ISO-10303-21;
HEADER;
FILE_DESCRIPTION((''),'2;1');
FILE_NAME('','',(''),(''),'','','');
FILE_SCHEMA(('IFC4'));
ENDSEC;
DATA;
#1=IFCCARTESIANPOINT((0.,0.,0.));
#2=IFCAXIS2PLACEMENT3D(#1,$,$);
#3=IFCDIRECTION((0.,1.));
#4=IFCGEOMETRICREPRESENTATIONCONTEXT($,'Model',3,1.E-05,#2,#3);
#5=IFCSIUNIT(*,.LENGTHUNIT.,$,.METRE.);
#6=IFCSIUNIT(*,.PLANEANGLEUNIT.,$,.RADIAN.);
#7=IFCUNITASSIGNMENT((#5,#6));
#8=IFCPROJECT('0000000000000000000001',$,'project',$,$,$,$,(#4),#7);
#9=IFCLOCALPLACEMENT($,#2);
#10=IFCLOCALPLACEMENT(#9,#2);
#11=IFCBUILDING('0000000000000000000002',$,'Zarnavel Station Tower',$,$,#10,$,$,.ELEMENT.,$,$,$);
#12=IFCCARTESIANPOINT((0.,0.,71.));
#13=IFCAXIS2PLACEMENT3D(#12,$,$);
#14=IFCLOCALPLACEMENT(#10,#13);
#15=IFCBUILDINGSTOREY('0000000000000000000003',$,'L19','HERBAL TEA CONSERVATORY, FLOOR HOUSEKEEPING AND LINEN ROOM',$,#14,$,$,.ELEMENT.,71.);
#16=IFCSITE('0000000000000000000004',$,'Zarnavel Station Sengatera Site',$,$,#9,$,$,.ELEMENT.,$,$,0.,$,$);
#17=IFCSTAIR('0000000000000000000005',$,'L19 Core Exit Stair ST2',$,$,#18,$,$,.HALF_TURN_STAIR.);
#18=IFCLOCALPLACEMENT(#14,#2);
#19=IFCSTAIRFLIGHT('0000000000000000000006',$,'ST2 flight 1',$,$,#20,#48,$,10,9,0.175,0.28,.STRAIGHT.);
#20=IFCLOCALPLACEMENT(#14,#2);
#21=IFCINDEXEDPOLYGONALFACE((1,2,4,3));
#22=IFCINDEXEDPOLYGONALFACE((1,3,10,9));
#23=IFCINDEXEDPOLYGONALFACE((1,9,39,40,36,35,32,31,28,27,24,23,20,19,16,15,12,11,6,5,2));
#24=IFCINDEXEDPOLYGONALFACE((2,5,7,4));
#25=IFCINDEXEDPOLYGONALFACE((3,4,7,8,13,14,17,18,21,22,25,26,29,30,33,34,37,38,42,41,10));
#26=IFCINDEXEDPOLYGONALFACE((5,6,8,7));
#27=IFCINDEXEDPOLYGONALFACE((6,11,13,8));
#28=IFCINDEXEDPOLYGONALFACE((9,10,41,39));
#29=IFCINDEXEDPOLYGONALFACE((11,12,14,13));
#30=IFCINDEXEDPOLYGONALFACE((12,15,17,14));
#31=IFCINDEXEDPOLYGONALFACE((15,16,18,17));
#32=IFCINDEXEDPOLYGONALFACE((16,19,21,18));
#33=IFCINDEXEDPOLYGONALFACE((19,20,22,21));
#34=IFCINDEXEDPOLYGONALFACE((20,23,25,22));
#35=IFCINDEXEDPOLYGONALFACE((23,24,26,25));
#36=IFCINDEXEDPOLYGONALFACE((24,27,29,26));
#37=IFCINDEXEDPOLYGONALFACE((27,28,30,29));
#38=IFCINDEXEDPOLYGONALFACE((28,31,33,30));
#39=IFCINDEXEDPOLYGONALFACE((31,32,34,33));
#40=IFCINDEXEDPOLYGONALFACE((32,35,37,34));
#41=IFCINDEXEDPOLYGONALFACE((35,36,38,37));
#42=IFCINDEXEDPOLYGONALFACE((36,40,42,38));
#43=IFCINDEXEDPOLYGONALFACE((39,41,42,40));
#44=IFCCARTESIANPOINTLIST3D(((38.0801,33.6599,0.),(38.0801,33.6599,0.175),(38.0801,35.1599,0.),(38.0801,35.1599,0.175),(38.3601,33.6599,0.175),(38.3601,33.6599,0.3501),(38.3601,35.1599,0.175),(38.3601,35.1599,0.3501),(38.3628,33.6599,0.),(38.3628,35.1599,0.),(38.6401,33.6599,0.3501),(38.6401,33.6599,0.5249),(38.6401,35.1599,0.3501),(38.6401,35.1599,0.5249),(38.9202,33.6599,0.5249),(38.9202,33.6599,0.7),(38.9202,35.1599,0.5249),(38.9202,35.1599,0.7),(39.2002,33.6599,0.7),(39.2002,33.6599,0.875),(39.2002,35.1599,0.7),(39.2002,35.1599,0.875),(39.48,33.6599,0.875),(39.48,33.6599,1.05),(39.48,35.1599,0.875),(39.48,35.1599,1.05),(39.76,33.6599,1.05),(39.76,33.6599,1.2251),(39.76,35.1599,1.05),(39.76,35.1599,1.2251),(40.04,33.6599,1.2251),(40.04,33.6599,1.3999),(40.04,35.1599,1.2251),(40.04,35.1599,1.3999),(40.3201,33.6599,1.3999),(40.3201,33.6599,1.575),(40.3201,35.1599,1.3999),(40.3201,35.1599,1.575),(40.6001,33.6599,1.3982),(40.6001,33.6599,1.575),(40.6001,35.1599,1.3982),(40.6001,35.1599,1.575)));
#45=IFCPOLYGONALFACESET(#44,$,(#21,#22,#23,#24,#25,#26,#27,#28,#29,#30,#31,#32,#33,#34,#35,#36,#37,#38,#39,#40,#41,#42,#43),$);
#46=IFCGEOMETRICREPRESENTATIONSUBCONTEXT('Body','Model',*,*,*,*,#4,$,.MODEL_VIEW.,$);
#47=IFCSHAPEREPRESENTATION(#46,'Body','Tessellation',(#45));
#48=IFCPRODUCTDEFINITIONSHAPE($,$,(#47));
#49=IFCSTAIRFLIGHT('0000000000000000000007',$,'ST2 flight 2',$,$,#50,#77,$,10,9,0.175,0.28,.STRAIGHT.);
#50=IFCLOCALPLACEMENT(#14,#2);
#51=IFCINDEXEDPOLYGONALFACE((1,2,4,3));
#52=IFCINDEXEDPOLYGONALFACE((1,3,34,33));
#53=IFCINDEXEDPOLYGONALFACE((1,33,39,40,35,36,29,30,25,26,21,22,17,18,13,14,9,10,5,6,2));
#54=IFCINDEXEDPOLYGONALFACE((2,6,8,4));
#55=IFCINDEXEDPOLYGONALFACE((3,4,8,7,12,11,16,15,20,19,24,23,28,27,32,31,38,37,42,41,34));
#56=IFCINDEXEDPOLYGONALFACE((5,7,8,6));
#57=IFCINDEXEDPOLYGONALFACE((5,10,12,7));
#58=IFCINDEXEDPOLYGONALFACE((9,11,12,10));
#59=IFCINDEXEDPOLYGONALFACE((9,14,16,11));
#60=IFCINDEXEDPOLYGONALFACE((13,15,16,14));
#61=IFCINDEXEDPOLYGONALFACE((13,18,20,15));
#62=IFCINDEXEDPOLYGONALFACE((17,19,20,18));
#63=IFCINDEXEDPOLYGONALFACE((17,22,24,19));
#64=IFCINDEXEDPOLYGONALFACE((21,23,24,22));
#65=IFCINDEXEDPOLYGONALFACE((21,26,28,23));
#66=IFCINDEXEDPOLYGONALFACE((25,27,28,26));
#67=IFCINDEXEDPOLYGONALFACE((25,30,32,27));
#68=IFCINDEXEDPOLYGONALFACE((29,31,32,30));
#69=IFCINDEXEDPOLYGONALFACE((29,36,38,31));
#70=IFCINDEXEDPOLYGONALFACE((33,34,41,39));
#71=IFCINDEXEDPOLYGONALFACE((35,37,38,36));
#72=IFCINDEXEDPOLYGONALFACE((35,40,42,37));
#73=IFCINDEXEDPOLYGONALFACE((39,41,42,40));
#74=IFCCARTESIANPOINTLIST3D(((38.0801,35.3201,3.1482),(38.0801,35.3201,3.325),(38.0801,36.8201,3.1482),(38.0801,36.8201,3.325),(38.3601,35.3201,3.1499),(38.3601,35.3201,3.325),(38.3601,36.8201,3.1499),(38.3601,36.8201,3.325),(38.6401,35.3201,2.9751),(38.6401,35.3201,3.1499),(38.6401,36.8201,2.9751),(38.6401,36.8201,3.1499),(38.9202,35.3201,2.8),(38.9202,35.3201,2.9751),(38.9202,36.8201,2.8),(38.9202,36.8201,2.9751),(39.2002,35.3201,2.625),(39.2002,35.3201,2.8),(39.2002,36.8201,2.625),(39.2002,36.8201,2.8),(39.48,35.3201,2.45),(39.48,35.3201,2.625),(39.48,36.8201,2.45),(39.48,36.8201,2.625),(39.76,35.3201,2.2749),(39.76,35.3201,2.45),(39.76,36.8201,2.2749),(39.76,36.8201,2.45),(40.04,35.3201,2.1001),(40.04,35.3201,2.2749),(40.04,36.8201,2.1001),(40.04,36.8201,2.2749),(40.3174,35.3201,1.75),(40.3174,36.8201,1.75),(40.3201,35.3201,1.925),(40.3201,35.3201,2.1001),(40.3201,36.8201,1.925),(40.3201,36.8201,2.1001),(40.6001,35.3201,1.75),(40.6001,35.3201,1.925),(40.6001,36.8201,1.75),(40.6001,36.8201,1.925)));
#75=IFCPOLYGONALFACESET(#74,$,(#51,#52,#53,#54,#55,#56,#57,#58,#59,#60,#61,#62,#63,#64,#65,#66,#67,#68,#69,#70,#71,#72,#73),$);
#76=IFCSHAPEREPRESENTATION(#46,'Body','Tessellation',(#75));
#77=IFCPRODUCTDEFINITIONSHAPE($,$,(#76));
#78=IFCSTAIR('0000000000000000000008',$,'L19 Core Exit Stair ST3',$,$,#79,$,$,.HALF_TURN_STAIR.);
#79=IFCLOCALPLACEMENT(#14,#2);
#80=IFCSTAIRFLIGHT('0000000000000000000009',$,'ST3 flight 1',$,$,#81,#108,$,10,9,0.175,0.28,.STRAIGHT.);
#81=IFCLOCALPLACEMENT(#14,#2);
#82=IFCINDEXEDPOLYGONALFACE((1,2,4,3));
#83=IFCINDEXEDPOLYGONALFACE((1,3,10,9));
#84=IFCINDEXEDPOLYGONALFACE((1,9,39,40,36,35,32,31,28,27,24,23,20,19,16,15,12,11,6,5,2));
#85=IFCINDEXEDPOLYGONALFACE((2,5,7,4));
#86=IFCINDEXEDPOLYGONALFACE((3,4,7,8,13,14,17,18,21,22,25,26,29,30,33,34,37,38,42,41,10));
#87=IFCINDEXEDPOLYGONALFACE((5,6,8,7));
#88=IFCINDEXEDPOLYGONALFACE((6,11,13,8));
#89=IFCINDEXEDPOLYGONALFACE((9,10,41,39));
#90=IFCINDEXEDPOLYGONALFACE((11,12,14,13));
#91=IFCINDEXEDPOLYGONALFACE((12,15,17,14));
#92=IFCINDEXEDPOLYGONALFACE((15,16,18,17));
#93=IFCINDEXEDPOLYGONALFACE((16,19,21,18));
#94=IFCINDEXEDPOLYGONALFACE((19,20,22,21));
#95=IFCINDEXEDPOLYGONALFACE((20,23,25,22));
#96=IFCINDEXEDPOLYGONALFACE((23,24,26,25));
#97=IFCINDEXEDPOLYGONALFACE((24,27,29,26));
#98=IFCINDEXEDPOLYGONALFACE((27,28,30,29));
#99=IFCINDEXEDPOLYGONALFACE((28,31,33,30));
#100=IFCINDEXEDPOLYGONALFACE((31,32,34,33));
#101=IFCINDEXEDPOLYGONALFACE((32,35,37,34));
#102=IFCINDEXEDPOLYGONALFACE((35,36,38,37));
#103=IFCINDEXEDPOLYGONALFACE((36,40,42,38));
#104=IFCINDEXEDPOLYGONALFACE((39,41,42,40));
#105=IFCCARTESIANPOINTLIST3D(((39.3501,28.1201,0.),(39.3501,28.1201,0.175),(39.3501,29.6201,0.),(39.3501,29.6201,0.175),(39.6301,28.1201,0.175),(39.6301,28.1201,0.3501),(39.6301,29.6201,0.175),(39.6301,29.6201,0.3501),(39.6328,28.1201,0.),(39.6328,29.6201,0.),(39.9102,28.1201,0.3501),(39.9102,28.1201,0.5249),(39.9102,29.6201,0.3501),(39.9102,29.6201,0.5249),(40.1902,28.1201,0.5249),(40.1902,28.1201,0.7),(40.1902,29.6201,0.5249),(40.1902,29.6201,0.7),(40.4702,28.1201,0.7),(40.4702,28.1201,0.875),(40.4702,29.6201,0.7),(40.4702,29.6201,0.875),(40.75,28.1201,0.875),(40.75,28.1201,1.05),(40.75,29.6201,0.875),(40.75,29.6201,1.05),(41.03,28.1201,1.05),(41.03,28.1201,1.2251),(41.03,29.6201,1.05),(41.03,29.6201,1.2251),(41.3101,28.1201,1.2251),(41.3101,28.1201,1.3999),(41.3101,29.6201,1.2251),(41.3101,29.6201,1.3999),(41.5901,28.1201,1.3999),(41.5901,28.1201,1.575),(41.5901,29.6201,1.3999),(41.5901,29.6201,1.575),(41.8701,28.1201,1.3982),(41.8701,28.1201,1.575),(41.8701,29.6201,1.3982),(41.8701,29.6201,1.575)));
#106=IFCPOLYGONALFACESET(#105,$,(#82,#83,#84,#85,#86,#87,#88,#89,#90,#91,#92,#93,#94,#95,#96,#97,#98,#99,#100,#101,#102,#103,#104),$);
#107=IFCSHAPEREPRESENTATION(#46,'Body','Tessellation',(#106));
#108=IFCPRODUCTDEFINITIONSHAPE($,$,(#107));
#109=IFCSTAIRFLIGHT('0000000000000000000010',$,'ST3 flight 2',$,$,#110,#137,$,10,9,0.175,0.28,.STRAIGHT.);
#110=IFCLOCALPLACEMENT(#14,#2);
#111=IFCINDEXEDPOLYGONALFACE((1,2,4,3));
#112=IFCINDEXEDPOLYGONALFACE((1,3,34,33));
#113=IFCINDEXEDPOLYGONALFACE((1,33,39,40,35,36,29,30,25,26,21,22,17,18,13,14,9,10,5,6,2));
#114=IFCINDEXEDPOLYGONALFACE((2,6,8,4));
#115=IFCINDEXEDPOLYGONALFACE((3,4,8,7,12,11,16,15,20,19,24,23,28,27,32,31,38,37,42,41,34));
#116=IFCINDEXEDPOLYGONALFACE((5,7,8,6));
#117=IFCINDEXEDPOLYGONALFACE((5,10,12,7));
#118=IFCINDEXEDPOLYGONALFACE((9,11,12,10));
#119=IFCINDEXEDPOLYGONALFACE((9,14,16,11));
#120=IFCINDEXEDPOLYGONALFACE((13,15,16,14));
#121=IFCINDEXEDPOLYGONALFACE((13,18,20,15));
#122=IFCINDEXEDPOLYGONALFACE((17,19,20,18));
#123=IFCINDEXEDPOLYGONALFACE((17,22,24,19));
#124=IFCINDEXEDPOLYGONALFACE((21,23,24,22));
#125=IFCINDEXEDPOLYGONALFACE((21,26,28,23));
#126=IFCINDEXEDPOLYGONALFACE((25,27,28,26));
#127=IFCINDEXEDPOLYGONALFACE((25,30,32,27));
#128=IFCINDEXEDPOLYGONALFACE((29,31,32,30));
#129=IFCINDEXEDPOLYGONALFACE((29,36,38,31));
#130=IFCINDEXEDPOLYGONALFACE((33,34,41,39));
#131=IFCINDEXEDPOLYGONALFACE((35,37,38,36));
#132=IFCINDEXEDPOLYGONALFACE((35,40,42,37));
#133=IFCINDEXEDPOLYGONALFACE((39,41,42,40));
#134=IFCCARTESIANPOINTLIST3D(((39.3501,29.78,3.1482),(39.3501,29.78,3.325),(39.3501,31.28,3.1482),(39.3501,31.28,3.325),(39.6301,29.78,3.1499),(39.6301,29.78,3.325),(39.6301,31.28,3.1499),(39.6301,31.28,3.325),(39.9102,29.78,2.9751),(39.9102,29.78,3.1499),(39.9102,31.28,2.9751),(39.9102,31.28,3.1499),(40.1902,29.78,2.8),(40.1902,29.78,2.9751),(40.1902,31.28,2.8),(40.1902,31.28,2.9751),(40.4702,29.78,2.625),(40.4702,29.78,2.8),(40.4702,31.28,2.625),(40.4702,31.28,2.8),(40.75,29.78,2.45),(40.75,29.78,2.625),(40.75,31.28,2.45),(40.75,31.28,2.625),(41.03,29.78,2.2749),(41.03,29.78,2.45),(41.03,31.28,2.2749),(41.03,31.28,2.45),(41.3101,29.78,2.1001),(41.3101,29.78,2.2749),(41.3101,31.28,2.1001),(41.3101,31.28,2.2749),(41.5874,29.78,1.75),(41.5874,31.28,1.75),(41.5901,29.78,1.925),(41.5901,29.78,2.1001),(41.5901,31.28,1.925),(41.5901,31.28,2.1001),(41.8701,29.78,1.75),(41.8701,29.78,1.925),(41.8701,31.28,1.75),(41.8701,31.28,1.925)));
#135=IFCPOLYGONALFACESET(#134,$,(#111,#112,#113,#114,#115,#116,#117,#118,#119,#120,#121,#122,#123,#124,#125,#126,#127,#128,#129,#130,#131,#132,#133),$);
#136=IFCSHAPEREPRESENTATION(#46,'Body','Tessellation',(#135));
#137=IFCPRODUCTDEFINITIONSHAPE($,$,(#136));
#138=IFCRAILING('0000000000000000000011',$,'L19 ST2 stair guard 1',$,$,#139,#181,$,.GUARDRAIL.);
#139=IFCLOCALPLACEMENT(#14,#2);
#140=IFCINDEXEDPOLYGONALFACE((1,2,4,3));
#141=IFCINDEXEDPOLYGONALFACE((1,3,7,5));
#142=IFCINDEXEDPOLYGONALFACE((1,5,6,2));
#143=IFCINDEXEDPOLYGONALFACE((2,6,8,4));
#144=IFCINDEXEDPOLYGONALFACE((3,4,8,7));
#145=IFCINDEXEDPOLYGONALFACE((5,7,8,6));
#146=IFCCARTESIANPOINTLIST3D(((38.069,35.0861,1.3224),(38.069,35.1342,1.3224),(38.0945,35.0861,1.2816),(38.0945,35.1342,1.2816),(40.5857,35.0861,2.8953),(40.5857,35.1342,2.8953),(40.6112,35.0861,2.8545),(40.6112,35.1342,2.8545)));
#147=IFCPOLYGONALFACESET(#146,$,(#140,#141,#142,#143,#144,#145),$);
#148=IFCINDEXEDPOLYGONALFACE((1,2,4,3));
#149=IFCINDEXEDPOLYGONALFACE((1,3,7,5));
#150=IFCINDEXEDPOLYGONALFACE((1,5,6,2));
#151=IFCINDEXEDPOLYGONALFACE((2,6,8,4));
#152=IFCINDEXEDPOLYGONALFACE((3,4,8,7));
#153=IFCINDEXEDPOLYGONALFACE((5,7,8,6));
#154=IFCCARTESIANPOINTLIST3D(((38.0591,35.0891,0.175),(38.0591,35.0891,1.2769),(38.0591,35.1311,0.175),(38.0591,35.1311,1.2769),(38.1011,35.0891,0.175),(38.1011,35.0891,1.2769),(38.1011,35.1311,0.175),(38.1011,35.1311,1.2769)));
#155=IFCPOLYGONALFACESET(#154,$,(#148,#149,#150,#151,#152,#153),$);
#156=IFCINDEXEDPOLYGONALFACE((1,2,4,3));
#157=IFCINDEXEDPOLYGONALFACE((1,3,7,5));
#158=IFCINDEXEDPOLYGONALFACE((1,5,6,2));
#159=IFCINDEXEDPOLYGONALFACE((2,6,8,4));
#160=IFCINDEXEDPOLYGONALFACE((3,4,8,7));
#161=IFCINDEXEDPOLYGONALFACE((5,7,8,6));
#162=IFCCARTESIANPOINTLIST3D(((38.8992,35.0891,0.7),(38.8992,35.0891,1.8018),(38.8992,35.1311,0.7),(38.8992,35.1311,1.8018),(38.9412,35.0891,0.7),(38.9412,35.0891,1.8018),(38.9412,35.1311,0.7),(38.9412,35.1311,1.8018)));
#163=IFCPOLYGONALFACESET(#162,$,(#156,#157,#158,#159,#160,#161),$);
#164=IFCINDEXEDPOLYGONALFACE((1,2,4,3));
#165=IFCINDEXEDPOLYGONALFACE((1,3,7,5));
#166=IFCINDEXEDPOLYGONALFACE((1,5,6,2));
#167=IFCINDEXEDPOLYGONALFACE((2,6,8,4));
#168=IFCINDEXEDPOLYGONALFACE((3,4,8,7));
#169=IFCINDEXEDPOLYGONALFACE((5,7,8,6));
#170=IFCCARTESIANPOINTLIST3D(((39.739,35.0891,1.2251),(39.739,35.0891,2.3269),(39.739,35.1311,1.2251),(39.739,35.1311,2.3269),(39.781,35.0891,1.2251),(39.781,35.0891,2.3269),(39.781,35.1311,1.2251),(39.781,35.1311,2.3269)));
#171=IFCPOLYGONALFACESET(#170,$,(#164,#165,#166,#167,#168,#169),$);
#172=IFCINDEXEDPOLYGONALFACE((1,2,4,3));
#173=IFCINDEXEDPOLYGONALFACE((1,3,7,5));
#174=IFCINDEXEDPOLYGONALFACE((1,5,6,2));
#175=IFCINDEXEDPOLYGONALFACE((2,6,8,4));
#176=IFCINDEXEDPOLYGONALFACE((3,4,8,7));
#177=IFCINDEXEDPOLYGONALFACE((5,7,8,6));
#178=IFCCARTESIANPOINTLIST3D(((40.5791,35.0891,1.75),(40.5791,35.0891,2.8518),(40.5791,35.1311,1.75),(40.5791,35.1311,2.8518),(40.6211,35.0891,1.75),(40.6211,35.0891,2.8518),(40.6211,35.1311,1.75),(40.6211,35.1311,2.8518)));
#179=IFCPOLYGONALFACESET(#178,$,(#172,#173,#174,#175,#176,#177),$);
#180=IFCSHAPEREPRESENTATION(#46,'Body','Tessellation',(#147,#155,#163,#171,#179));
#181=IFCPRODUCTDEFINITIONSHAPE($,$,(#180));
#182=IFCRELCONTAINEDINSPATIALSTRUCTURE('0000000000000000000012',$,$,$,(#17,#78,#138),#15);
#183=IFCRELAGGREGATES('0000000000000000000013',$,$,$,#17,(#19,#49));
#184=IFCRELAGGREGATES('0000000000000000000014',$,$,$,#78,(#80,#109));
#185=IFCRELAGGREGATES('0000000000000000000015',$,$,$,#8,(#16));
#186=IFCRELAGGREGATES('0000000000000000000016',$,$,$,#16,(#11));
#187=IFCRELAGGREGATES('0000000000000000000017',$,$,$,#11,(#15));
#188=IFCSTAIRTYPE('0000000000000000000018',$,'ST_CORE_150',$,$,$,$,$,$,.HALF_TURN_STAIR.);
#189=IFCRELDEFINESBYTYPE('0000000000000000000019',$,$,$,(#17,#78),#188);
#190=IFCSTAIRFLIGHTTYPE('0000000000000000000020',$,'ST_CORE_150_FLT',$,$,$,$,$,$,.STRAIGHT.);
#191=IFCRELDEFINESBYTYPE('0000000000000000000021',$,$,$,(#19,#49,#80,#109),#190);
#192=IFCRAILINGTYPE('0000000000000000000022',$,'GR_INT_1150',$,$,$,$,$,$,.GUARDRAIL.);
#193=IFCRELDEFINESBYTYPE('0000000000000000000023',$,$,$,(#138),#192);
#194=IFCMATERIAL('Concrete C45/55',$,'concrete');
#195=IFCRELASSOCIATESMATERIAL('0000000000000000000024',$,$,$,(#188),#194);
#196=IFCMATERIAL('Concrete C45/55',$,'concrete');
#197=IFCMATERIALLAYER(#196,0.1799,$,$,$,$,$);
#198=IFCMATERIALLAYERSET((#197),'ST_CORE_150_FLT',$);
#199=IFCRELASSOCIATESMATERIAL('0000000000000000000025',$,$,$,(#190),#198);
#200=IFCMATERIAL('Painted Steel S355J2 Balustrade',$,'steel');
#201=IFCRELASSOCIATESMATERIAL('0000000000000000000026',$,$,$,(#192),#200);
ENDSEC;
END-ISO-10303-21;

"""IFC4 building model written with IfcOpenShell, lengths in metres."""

from ifc_helpers import new_model, si_unit, direction, frame, origin, origin_2d, place, context, subcontext, project, spatial, polyline, rectangle, outline, extrude, material, layer, layer_set, type_object, element, aggregate, save


model = new_model("IFC4")

# Units and contexts
model_context = context("Model", 3, precision=1e-05, world=origin(), true_north=direction((0.0, 1.0)))
body_context = subcontext(model_context, "Body", "Model", "MODEL_VIEW")
ifc_project = project(units=[si_unit("LENGTHUNIT", "METRE"), si_unit("PLANEANGLEUNIT", "RADIAN")], contexts=[model_context])

# Site, building, storey
site_placement = place(None, origin())
site = spatial("IfcSite", under=ifc_project, at=site_placement, Name="Zarnavel Station Sengatera Site", CompositionType="ELEMENT", RefElevation=0.0)
building_placement = place(site_placement, origin())
building = spatial("IfcBuilding", under=site, at=building_placement, Name="Zarnavel Station Tower", CompositionType="ELEMENT")
storey_placement = place(building_placement, frame((0.0, 0.0, 71.0)))
storey = spatial("IfcBuildingStorey", under=building, at=storey_placement, Name="L19", Description="HERBAL TEA CONSERVATORY, FLOOR HOUSEKEEPING AND LINEN ROOM", CompositionType="ELEMENT", Elevation=71.0)

# Stairs, stair flights
ifc_material_1 = material(Name="Concrete C45/55", Category="concrete")
stair_type = type_object("IfcStairType", Name="ST_CORE_150", PredefinedType="HALF_TURN_STAIR", material=ifc_material_1)
stair_1_placement = place(storey_placement, origin())
stair_1 = element("IfcStair", 1, at=stair_1_placement, inside=storey, type_object=stair_type, Name="L19 Core Exit Stair ST2", PredefinedType="HALF_TURN_STAIR")
ifc_material_2 = material(Name="Concrete C45/55", Category="concrete")
ifc_layer_1 = layer(ifc_material_2, 0.1799)
ifc_layer_set_1 = layer_set([ifc_layer_1], Name="ST_CORE_150_FLT")
stair_flight_type = type_object("IfcStairFlightType", Name="ST_CORE_150_FLT", PredefinedType="STRAIGHT", material=ifc_layer_set_1)
stair_flight_1_placement = place(storey_placement, frame((38.0801, 34.4099, 0.0), z_axis=(0.0, 0.0, 1.0), x_axis=(1.0, 0.0, 0.0)))
stair_flight_1 = element("IfcStairFlight", 2, at=stair_flight_1_placement, type_object=stair_flight_type, Name="ST2 flight 1", NumberOfRisers=10, NumberOfTreads=9, PredefinedType="STRAIGHT", RiserHeight=0.175, TreadLength=0.28, context=body_context, shape_type="SweptSolid", body=[
    extrude(outline(polyline([(0.0, 0.0), (0.0, 0.175), (0.28, 0.175), (0.28, 0.3501), (0.5601, 0.3501), (0.5601, 0.5249), (0.8401, 0.5249), (0.8401, 0.7), (1.1201, 0.7), (1.1201, 0.875), (1.3999, 0.875), (1.3999, 1.05), (1.6799, 1.05), (1.6799, 1.2251), (1.96, 1.2251), (1.96, 1.3999), (2.24, 1.3999), (2.24, 1.575), (2.52, 1.575), (2.52, 1.75), (2.52, 1.3982), (0.2827, 0.0), (0.0, 0.0)])), frame((0.0, 0.75, 0.0), z_axis=(0.0, -1.0, 0.0), x_axis=(1.0, 0.0, 0.0)), (0.0, 0.0, 1.0), 1.5),
])
stair_flight_2_placement = place(storey_placement, frame((40.6001, 36.0701, 1.75), z_axis=(0.0, 0.0, 1.0), x_axis=(-1.0, 0.0, 0.0)))
stair_flight_2 = element("IfcStairFlight", 3, at=stair_flight_2_placement, type_object=stair_flight_type, Name="ST2 flight 2", NumberOfRisers=10, NumberOfTreads=9, PredefinedType="STRAIGHT", RiserHeight=0.175, TreadLength=0.28, context=body_context, shape_type="SweptSolid", body=[
    extrude(outline(polyline([(0.0, 0.0), (0.0, 0.175), (0.28, 0.175), (0.28, 0.3501), (0.5601, 0.3501), (0.5601, 0.5249), (0.8401, 0.5249), (0.8401, 0.7), (1.1201, 0.7), (1.1201, 0.875), (1.3999, 0.875), (1.3999, 1.05), (1.6799, 1.05), (1.6799, 1.2251), (1.96, 1.2251), (1.96, 1.3999), (2.24, 1.3999), (2.24, 1.575), (2.52, 1.575), (2.52, 1.75), (2.52, 1.3982), (0.2827, 0.0), (0.0, 0.0)])), frame((0.0, 0.75, 0.0), z_axis=(0.0, -1.0, 0.0), x_axis=(1.0, 0.0, 0.0)), (0.0, 0.0, 1.0), 1.5),
])
aggregate(stair_1, [stair_flight_1, stair_flight_2])
stair_2_placement = place(storey_placement, origin())
stair_2 = element("IfcStair", 4, at=stair_2_placement, inside=storey, type_object=stair_type, Name="L19 Core Exit Stair ST3", PredefinedType="HALF_TURN_STAIR")
stair_flight_3_placement = place(storey_placement, frame((39.3501, 28.8701, 0.0), z_axis=(0.0, 0.0, 1.0), x_axis=(1.0, 0.0, 0.0)))
stair_flight_3 = element("IfcStairFlight", 5, at=stair_flight_3_placement, type_object=stair_flight_type, Name="ST3 flight 1", NumberOfRisers=10, NumberOfTreads=9, PredefinedType="STRAIGHT", RiserHeight=0.175, TreadLength=0.28, context=body_context, shape_type="SweptSolid", body=[
    extrude(outline(polyline([(0.0, 0.0), (0.0, 0.175), (0.28, 0.175), (0.28, 0.3501), (0.5601, 0.3501), (0.5601, 0.5249), (0.8401, 0.5249), (0.8401, 0.7), (1.1201, 0.7), (1.1201, 0.875), (1.3999, 0.875), (1.3999, 1.05), (1.6799, 1.05), (1.6799, 1.2251), (1.96, 1.2251), (1.96, 1.3999), (2.24, 1.3999), (2.24, 1.575), (2.52, 1.575), (2.52, 1.75), (2.52, 1.3982), (0.2827, 0.0), (0.0, 0.0)])), frame((0.0, 0.75, 0.0), z_axis=(0.0, -1.0, 0.0), x_axis=(1.0, 0.0, 0.0)), (0.0, 0.0, 1.0), 1.5),
])
stair_flight_4_placement = place(storey_placement, frame((41.8701, 30.53, 1.75), z_axis=(0.0, 0.0, 1.0), x_axis=(-1.0, 0.0, 0.0)))
stair_flight_4 = element("IfcStairFlight", 6, at=stair_flight_4_placement, type_object=stair_flight_type, Name="ST3 flight 2", NumberOfRisers=10, NumberOfTreads=9, PredefinedType="STRAIGHT", RiserHeight=0.175, TreadLength=0.28, context=body_context, shape_type="SweptSolid", body=[
    extrude(outline(polyline([(0.0, 0.0), (0.0, 0.175), (0.28, 0.175), (0.28, 0.3501), (0.5601, 0.3501), (0.5601, 0.5249), (0.8401, 0.5249), (0.8401, 0.7), (1.1201, 0.7), (1.1201, 0.875), (1.3999, 0.875), (1.3999, 1.05), (1.6799, 1.05), (1.6799, 1.2251), (1.96, 1.2251), (1.96, 1.3999), (2.24, 1.3999), (2.24, 1.575), (2.52, 1.575), (2.52, 1.75), (2.52, 1.3982), (0.2827, 0.0), (0.0, 0.0)])), frame((0.0, 0.75, 0.0), z_axis=(0.0, -1.0, 0.0), x_axis=(1.0, 0.0, 0.0)), (0.0, 0.0, 1.0), 1.5),
])
aggregate(stair_2, [stair_flight_3, stair_flight_4])

# Railing
ifc_material_3 = material(Name="Painted Steel S355J2 Balustrade", Category="steel")
railing_type_1 = type_object("IfcRailingType", Name="GR_INT_1150", PredefinedType="GUARDRAIL", material=ifc_material_3)
railing_1_placement = place(storey_placement, frame((38.0801, 35.1101, 0.175)))
element("IfcRailing", 7, at=railing_1_placement, inside=storey, type_object=railing_type_1, Name="L19 ST2 stair guard 1", PredefinedType="GUARDRAIL", context=body_context, shape_type="SweptSolid", body=[
    extrude(rectangle(XDim=0.0481, YDim=0.0481, at=origin_2d()), frame((0.0017, 0.0, 1.127), z_axis=(0.848008, 0.0, 0.529984), x_axis=(0.0, 1.0, 0.0)), (0.0, 0.0, 1.0), 2.9678),
    extrude(rectangle(XDim=0.042, YDim=0.042, at=origin_2d()), origin(), (0.0, 0.0, 1.0), 1.1018),
    extrude(rectangle(XDim=0.042, YDim=0.042, at=origin_2d()), frame((0.8401, 0.0, 0.5249)), (0.0, 0.0, 1.0), 1.1018),
    extrude(rectangle(XDim=0.042, YDim=0.042, at=origin_2d()), frame((1.6799, 0.0, 1.05)), (0.0, 0.0, 1.0), 1.1018),
    extrude(rectangle(XDim=0.042, YDim=0.042, at=origin_2d()), frame((2.52, 0.0, 1.575)), (0.0, 0.0, 1.0), 1.1018),
])

save(model, "model.ifc")
